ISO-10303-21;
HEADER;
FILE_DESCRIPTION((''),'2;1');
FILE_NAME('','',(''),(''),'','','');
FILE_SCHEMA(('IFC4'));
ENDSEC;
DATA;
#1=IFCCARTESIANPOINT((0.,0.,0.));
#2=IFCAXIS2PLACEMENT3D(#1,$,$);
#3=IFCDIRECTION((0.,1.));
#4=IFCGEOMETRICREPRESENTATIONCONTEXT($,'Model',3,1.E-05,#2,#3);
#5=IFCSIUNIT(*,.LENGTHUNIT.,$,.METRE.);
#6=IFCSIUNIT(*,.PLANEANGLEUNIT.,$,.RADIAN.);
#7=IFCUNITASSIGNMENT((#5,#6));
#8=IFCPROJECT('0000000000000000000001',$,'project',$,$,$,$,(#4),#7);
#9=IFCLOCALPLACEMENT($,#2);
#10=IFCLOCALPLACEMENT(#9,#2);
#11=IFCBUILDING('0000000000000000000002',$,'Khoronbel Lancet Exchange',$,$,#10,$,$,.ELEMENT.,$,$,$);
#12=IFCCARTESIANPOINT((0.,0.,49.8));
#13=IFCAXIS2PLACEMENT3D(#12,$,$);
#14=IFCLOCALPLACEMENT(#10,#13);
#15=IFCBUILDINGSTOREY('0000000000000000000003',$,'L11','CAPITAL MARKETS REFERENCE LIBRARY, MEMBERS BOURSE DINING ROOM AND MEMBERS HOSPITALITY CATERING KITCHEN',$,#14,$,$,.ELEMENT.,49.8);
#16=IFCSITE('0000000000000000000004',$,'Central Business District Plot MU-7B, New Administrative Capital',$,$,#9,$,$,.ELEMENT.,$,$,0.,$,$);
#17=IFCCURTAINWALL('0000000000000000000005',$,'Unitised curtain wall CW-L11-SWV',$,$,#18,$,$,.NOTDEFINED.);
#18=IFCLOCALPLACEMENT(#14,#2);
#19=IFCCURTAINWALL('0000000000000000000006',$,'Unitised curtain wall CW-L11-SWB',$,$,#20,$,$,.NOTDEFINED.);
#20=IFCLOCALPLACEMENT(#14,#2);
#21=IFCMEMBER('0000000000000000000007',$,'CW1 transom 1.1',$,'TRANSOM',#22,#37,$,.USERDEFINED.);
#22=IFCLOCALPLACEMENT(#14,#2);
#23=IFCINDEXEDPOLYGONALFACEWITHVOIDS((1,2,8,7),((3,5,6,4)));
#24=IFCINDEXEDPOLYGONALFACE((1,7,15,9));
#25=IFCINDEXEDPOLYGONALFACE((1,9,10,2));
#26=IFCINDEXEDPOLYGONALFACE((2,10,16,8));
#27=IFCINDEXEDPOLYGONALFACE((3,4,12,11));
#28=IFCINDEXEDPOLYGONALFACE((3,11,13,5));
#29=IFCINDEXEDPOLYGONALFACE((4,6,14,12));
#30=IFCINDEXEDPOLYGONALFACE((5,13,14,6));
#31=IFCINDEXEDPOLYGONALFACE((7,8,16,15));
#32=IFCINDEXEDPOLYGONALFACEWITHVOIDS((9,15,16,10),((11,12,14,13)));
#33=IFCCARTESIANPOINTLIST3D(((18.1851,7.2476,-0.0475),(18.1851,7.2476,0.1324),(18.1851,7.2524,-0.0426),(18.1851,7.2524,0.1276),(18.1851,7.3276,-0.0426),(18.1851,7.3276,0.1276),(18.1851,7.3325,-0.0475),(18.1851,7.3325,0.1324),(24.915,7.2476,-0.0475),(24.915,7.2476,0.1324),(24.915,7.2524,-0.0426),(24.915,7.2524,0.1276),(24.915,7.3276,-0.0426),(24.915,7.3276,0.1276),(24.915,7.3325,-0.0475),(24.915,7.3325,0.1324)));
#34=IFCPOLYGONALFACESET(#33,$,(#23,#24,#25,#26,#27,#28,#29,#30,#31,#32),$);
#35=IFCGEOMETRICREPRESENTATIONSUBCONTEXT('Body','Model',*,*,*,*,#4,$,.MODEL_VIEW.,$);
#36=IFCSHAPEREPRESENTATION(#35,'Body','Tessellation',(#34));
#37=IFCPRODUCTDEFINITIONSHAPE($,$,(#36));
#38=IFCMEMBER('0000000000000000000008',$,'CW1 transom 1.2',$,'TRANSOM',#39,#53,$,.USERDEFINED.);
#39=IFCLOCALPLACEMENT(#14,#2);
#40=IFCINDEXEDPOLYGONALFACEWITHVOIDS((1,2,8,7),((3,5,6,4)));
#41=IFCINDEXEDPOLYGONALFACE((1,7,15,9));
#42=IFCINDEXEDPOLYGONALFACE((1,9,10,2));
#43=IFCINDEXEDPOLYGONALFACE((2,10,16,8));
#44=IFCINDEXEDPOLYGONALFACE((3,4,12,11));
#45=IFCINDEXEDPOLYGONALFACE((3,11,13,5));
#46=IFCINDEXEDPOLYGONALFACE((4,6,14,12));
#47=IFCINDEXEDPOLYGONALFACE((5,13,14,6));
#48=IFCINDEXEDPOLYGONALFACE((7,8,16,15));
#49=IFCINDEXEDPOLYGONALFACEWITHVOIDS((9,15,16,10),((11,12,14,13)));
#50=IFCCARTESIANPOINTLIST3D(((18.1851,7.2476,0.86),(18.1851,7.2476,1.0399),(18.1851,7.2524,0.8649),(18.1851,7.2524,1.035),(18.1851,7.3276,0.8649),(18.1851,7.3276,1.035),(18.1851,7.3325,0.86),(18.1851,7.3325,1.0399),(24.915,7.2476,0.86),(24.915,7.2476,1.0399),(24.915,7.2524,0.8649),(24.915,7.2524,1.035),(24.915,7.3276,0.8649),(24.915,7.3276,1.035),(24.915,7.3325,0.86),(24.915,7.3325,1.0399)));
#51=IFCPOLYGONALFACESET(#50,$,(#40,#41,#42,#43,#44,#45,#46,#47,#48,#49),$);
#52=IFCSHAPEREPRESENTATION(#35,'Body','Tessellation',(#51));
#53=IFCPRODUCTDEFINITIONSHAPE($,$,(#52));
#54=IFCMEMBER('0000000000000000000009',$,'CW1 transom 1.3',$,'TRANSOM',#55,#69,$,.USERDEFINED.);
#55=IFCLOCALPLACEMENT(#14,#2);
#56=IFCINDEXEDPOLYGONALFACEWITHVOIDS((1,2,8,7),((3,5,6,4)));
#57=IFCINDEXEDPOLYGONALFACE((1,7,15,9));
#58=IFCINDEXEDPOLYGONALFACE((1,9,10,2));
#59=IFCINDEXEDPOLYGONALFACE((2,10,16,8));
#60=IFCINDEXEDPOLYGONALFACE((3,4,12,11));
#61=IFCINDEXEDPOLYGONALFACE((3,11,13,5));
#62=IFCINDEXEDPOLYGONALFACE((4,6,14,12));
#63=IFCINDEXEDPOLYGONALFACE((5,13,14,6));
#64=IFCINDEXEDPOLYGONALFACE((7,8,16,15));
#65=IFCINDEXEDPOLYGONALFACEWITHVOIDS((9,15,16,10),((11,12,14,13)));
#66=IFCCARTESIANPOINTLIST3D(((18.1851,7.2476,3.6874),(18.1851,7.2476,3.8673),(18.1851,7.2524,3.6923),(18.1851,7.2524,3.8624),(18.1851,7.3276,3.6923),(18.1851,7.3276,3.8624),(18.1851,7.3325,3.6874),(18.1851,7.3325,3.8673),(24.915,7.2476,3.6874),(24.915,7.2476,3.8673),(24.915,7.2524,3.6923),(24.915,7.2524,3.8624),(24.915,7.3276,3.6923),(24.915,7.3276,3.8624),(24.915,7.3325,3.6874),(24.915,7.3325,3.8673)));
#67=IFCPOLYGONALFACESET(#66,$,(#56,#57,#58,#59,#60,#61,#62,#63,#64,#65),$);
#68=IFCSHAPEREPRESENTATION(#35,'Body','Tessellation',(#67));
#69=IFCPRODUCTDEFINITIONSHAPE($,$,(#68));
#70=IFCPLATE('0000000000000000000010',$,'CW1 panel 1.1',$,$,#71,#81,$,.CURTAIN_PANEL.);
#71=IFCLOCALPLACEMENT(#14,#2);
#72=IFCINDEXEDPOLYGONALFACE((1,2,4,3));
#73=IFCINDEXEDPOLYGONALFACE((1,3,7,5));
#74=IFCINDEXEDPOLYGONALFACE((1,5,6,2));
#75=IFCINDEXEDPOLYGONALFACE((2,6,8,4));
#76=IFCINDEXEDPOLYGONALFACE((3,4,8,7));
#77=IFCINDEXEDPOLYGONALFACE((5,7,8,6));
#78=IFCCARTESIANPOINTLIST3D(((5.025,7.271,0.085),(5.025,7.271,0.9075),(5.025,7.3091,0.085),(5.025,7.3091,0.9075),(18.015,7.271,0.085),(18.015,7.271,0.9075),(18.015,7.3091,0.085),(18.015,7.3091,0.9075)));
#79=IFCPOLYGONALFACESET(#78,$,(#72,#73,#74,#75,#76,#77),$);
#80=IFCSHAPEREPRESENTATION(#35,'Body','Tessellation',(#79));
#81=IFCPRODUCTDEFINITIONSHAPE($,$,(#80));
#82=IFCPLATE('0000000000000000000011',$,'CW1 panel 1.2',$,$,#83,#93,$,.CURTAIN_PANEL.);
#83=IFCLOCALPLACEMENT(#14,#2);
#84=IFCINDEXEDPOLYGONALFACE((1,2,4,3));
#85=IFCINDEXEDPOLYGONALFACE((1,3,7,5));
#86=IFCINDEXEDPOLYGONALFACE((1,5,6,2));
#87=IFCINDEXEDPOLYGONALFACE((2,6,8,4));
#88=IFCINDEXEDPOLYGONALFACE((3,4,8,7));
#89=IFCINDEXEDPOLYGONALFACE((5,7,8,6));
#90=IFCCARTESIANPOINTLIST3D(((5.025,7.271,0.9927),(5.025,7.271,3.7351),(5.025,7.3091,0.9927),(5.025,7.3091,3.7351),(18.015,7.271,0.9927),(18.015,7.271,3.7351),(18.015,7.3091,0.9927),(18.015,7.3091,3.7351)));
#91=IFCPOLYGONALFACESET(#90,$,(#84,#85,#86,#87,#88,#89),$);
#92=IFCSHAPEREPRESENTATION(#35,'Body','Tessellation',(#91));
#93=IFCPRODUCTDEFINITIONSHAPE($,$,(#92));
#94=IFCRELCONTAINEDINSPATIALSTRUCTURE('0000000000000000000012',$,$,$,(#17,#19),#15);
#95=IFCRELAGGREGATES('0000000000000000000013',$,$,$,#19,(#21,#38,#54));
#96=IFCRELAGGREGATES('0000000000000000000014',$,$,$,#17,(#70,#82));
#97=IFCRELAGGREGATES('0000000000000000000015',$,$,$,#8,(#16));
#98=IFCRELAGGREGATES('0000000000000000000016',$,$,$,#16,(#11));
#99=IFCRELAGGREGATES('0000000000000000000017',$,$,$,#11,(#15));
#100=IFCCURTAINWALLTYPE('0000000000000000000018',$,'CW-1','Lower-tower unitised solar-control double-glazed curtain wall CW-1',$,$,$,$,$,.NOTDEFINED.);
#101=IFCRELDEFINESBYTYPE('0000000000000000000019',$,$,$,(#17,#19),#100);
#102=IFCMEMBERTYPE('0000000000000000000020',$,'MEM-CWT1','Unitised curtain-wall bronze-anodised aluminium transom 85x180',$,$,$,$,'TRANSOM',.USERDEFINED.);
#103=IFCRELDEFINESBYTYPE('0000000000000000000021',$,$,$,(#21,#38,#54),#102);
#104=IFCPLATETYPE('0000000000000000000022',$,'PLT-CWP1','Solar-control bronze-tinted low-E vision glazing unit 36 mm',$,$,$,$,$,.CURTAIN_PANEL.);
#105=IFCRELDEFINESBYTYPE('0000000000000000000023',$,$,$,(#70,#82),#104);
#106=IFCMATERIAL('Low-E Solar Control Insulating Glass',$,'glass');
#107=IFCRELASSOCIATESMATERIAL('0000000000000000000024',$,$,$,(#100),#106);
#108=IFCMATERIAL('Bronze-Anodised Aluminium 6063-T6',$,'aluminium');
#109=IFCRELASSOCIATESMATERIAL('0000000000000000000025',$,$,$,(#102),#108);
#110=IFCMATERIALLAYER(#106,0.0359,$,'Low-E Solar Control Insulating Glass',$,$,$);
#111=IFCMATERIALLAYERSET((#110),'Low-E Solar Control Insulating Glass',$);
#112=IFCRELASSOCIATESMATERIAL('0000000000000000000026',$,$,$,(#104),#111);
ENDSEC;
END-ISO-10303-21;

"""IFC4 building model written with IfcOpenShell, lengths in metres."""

from ifc_helpers import new_model, si_unit, direction, frame, origin, origin_2d, place, context, subcontext, project, spatial, rectangle, hollow_rectangle, extrude, material, layer, layer_set, material_profile, profile_set, type_object, element, aggregate, save


model = new_model("IFC4")

# Units and contexts
model_context = context("Model", 3, precision=1e-05, world=origin(), true_north=direction((0.0, 1.0)))
body_context = subcontext(model_context, "Body", "Model", "MODEL_VIEW")
ifc_project = project(units=[si_unit("LENGTHUNIT", "METRE"), si_unit("PLANEANGLEUNIT", "RADIAN")], contexts=[model_context])

# Site, building, storey
site_placement = place(None, origin())
site = spatial("IfcSite", under=ifc_project, at=site_placement, Name="Central Business District Plot MU-7B, New Administrative Capital", CompositionType="ELEMENT", RefElevation=0.0)
building_placement = place(site_placement, origin())
building = spatial("IfcBuilding", under=site, at=building_placement, Name="Khoronbel Lancet Exchange", CompositionType="ELEMENT")
storey_placement = place(building_placement, frame((0.0, 0.0, 49.8)))
storey = spatial("IfcBuildingStorey", under=building, at=storey_placement, Name="L11", Description="CAPITAL MARKETS REFERENCE LIBRARY, MEMBERS BOURSE DINING ROOM AND MEMBERS HOSPITALITY CATERING KITCHEN", CompositionType="ELEMENT", Elevation=49.8)

# Curtain wall
ifc_material_1 = material(Name="Low-E Solar Control Insulating Glass", Category="glass")
curtain_wall_type = type_object("IfcCurtainWallType", Name="CW-1", Description="Lower-tower unitised solar-control double-glazed curtain wall CW-1", PredefinedType="NOTDEFINED", material=ifc_material_1)
curtain_wall_1_placement = place(storey_placement, origin())
curtain_wall_1 = element("IfcCurtainWall", 1, at=curtain_wall_1_placement, inside=storey, type_object=curtain_wall_type, Name="Unitised curtain wall CW-L11-SWV", PredefinedType="NOTDEFINED")
ifc_material_2 = material(Name="Bronze-Anodised Aluminium 6063-T6", Category="aluminium")

# Curtain wall
curtain_wall_2_placement = place(storey_placement, origin())
curtain_wall_2 = element("IfcCurtainWall", 2, at=curtain_wall_2_placement, inside=storey, type_object=curtain_wall_type, Name="Unitised curtain wall CW-L11-SWB", PredefinedType="NOTDEFINED")

# Members
ifc_material_profile_1 = material_profile(ifc_material_2, hollow_rectangle(XDim=0.085, YDim=0.1799, WallThickness=0.0049, at=origin_2d()), Name="ALU TRANSOM 85x180")
ifc_profile_set_1 = profile_set([ifc_material_profile_1], Name="Bronze-Anodised Aluminium 6063-T6")
member_type_1 = type_object("IfcMemberType", Name="MEM-CWT1", Description="Unitised curtain-wall bronze-anodised aluminium transom 85x180", ElementType="TRANSOM", PredefinedType="USERDEFINED", material=ifc_profile_set_1)
member_1_placement = place(storey_placement, frame((18.1851, 7.29, 0.0425), z_axis=(1.0, 0.0, 0.0), x_axis=(0.0, 1.0, 0.0)))
member_1 = element("IfcMember", 3, at=member_1_placement, type_object=member_type_1, Name="CW1 transom 1.1", ObjectType="TRANSOM", PredefinedType="USERDEFINED", context=body_context, shape_type="SweptSolid", body=[
    extrude(hollow_rectangle(XDim=0.085, YDim=0.1799, WallThickness=0.0049, at=origin_2d()), origin(), (0.0, 0.0, 1.0), 6.73),
])
member_2_placement = place(storey_placement, frame((18.1851, 7.29, 0.95), z_axis=(1.0, 0.0, 0.0), x_axis=(0.0, 1.0, 0.0)))
member_2 = element("IfcMember", 4, at=member_2_placement, type_object=member_type_1, Name="CW1 transom 1.2", ObjectType="TRANSOM", PredefinedType="USERDEFINED", context=body_context, shape_type="SweptSolid", body=[
    extrude(hollow_rectangle(XDim=0.085, YDim=0.1799, WallThickness=0.0049, at=origin_2d()), origin(), (0.0, 0.0, 1.0), 6.73),
])
member_3_placement = place(storey_placement, frame((18.1851, 7.29, 3.7773), z_axis=(1.0, 0.0, 0.0), x_axis=(0.0, 1.0, 0.0)))
member_3 = element("IfcMember", 5, at=member_3_placement, type_object=member_type_1, Name="CW1 transom 1.3", ObjectType="TRANSOM", PredefinedType="USERDEFINED", context=body_context, shape_type="SweptSolid", body=[
    extrude(hollow_rectangle(XDim=0.085, YDim=0.1799, WallThickness=0.0049, at=origin_2d()), origin(), (0.0, 0.0, 1.0), 6.73),
])
aggregate(curtain_wall_2, [member_1, member_2, member_3])

# Plates
ifc_layer_1 = layer(ifc_material_1, 0.0359, Name="Low-E Solar Control Insulating Glass")
ifc_layer_set_1 = layer_set([ifc_layer_1], Name="Low-E Solar Control Insulating Glass")
plate_type = type_object("IfcPlateType", Name="PLT-CWP1", Description="Solar-control bronze-tinted low-E vision glazing unit 36 mm", PredefinedType="CURTAIN_PANEL", material=ifc_layer_set_1)
plate_1_placement = place(storey_placement, frame((11.52, 7.29, 0.085), z_axis=(0.0, 0.0, 1.0), x_axis=(1.0, 0.0, 0.0)))
plate_1 = element("IfcPlate", 6, at=plate_1_placement, type_object=plate_type, Name="CW1 panel 1.1", PredefinedType="CURTAIN_PANEL", context=body_context, shape_type="SweptSolid", body=[
    extrude(rectangle(XDim=12.99, YDim=0.0381, at=origin_2d()), origin(), (0.0, 0.0, 1.0), 0.8225),
])
plate_2_placement = place(storey_placement, frame((11.52, 7.29, 0.9927), z_axis=(0.0, 0.0, 1.0), x_axis=(1.0, 0.0, 0.0)))
plate_2 = element("IfcPlate", 7, at=plate_2_placement, type_object=plate_type, Name="CW1 panel 1.2", PredefinedType="CURTAIN_PANEL", context=body_context, shape_type="SweptSolid", body=[
    extrude(rectangle(XDim=12.99, YDim=0.0381, at=origin_2d()), origin(), (0.0, 0.0, 1.0), 2.7424),
])
aggregate(curtain_wall_1, [plate_1, plate_2])

save(model, "model.ifc")
